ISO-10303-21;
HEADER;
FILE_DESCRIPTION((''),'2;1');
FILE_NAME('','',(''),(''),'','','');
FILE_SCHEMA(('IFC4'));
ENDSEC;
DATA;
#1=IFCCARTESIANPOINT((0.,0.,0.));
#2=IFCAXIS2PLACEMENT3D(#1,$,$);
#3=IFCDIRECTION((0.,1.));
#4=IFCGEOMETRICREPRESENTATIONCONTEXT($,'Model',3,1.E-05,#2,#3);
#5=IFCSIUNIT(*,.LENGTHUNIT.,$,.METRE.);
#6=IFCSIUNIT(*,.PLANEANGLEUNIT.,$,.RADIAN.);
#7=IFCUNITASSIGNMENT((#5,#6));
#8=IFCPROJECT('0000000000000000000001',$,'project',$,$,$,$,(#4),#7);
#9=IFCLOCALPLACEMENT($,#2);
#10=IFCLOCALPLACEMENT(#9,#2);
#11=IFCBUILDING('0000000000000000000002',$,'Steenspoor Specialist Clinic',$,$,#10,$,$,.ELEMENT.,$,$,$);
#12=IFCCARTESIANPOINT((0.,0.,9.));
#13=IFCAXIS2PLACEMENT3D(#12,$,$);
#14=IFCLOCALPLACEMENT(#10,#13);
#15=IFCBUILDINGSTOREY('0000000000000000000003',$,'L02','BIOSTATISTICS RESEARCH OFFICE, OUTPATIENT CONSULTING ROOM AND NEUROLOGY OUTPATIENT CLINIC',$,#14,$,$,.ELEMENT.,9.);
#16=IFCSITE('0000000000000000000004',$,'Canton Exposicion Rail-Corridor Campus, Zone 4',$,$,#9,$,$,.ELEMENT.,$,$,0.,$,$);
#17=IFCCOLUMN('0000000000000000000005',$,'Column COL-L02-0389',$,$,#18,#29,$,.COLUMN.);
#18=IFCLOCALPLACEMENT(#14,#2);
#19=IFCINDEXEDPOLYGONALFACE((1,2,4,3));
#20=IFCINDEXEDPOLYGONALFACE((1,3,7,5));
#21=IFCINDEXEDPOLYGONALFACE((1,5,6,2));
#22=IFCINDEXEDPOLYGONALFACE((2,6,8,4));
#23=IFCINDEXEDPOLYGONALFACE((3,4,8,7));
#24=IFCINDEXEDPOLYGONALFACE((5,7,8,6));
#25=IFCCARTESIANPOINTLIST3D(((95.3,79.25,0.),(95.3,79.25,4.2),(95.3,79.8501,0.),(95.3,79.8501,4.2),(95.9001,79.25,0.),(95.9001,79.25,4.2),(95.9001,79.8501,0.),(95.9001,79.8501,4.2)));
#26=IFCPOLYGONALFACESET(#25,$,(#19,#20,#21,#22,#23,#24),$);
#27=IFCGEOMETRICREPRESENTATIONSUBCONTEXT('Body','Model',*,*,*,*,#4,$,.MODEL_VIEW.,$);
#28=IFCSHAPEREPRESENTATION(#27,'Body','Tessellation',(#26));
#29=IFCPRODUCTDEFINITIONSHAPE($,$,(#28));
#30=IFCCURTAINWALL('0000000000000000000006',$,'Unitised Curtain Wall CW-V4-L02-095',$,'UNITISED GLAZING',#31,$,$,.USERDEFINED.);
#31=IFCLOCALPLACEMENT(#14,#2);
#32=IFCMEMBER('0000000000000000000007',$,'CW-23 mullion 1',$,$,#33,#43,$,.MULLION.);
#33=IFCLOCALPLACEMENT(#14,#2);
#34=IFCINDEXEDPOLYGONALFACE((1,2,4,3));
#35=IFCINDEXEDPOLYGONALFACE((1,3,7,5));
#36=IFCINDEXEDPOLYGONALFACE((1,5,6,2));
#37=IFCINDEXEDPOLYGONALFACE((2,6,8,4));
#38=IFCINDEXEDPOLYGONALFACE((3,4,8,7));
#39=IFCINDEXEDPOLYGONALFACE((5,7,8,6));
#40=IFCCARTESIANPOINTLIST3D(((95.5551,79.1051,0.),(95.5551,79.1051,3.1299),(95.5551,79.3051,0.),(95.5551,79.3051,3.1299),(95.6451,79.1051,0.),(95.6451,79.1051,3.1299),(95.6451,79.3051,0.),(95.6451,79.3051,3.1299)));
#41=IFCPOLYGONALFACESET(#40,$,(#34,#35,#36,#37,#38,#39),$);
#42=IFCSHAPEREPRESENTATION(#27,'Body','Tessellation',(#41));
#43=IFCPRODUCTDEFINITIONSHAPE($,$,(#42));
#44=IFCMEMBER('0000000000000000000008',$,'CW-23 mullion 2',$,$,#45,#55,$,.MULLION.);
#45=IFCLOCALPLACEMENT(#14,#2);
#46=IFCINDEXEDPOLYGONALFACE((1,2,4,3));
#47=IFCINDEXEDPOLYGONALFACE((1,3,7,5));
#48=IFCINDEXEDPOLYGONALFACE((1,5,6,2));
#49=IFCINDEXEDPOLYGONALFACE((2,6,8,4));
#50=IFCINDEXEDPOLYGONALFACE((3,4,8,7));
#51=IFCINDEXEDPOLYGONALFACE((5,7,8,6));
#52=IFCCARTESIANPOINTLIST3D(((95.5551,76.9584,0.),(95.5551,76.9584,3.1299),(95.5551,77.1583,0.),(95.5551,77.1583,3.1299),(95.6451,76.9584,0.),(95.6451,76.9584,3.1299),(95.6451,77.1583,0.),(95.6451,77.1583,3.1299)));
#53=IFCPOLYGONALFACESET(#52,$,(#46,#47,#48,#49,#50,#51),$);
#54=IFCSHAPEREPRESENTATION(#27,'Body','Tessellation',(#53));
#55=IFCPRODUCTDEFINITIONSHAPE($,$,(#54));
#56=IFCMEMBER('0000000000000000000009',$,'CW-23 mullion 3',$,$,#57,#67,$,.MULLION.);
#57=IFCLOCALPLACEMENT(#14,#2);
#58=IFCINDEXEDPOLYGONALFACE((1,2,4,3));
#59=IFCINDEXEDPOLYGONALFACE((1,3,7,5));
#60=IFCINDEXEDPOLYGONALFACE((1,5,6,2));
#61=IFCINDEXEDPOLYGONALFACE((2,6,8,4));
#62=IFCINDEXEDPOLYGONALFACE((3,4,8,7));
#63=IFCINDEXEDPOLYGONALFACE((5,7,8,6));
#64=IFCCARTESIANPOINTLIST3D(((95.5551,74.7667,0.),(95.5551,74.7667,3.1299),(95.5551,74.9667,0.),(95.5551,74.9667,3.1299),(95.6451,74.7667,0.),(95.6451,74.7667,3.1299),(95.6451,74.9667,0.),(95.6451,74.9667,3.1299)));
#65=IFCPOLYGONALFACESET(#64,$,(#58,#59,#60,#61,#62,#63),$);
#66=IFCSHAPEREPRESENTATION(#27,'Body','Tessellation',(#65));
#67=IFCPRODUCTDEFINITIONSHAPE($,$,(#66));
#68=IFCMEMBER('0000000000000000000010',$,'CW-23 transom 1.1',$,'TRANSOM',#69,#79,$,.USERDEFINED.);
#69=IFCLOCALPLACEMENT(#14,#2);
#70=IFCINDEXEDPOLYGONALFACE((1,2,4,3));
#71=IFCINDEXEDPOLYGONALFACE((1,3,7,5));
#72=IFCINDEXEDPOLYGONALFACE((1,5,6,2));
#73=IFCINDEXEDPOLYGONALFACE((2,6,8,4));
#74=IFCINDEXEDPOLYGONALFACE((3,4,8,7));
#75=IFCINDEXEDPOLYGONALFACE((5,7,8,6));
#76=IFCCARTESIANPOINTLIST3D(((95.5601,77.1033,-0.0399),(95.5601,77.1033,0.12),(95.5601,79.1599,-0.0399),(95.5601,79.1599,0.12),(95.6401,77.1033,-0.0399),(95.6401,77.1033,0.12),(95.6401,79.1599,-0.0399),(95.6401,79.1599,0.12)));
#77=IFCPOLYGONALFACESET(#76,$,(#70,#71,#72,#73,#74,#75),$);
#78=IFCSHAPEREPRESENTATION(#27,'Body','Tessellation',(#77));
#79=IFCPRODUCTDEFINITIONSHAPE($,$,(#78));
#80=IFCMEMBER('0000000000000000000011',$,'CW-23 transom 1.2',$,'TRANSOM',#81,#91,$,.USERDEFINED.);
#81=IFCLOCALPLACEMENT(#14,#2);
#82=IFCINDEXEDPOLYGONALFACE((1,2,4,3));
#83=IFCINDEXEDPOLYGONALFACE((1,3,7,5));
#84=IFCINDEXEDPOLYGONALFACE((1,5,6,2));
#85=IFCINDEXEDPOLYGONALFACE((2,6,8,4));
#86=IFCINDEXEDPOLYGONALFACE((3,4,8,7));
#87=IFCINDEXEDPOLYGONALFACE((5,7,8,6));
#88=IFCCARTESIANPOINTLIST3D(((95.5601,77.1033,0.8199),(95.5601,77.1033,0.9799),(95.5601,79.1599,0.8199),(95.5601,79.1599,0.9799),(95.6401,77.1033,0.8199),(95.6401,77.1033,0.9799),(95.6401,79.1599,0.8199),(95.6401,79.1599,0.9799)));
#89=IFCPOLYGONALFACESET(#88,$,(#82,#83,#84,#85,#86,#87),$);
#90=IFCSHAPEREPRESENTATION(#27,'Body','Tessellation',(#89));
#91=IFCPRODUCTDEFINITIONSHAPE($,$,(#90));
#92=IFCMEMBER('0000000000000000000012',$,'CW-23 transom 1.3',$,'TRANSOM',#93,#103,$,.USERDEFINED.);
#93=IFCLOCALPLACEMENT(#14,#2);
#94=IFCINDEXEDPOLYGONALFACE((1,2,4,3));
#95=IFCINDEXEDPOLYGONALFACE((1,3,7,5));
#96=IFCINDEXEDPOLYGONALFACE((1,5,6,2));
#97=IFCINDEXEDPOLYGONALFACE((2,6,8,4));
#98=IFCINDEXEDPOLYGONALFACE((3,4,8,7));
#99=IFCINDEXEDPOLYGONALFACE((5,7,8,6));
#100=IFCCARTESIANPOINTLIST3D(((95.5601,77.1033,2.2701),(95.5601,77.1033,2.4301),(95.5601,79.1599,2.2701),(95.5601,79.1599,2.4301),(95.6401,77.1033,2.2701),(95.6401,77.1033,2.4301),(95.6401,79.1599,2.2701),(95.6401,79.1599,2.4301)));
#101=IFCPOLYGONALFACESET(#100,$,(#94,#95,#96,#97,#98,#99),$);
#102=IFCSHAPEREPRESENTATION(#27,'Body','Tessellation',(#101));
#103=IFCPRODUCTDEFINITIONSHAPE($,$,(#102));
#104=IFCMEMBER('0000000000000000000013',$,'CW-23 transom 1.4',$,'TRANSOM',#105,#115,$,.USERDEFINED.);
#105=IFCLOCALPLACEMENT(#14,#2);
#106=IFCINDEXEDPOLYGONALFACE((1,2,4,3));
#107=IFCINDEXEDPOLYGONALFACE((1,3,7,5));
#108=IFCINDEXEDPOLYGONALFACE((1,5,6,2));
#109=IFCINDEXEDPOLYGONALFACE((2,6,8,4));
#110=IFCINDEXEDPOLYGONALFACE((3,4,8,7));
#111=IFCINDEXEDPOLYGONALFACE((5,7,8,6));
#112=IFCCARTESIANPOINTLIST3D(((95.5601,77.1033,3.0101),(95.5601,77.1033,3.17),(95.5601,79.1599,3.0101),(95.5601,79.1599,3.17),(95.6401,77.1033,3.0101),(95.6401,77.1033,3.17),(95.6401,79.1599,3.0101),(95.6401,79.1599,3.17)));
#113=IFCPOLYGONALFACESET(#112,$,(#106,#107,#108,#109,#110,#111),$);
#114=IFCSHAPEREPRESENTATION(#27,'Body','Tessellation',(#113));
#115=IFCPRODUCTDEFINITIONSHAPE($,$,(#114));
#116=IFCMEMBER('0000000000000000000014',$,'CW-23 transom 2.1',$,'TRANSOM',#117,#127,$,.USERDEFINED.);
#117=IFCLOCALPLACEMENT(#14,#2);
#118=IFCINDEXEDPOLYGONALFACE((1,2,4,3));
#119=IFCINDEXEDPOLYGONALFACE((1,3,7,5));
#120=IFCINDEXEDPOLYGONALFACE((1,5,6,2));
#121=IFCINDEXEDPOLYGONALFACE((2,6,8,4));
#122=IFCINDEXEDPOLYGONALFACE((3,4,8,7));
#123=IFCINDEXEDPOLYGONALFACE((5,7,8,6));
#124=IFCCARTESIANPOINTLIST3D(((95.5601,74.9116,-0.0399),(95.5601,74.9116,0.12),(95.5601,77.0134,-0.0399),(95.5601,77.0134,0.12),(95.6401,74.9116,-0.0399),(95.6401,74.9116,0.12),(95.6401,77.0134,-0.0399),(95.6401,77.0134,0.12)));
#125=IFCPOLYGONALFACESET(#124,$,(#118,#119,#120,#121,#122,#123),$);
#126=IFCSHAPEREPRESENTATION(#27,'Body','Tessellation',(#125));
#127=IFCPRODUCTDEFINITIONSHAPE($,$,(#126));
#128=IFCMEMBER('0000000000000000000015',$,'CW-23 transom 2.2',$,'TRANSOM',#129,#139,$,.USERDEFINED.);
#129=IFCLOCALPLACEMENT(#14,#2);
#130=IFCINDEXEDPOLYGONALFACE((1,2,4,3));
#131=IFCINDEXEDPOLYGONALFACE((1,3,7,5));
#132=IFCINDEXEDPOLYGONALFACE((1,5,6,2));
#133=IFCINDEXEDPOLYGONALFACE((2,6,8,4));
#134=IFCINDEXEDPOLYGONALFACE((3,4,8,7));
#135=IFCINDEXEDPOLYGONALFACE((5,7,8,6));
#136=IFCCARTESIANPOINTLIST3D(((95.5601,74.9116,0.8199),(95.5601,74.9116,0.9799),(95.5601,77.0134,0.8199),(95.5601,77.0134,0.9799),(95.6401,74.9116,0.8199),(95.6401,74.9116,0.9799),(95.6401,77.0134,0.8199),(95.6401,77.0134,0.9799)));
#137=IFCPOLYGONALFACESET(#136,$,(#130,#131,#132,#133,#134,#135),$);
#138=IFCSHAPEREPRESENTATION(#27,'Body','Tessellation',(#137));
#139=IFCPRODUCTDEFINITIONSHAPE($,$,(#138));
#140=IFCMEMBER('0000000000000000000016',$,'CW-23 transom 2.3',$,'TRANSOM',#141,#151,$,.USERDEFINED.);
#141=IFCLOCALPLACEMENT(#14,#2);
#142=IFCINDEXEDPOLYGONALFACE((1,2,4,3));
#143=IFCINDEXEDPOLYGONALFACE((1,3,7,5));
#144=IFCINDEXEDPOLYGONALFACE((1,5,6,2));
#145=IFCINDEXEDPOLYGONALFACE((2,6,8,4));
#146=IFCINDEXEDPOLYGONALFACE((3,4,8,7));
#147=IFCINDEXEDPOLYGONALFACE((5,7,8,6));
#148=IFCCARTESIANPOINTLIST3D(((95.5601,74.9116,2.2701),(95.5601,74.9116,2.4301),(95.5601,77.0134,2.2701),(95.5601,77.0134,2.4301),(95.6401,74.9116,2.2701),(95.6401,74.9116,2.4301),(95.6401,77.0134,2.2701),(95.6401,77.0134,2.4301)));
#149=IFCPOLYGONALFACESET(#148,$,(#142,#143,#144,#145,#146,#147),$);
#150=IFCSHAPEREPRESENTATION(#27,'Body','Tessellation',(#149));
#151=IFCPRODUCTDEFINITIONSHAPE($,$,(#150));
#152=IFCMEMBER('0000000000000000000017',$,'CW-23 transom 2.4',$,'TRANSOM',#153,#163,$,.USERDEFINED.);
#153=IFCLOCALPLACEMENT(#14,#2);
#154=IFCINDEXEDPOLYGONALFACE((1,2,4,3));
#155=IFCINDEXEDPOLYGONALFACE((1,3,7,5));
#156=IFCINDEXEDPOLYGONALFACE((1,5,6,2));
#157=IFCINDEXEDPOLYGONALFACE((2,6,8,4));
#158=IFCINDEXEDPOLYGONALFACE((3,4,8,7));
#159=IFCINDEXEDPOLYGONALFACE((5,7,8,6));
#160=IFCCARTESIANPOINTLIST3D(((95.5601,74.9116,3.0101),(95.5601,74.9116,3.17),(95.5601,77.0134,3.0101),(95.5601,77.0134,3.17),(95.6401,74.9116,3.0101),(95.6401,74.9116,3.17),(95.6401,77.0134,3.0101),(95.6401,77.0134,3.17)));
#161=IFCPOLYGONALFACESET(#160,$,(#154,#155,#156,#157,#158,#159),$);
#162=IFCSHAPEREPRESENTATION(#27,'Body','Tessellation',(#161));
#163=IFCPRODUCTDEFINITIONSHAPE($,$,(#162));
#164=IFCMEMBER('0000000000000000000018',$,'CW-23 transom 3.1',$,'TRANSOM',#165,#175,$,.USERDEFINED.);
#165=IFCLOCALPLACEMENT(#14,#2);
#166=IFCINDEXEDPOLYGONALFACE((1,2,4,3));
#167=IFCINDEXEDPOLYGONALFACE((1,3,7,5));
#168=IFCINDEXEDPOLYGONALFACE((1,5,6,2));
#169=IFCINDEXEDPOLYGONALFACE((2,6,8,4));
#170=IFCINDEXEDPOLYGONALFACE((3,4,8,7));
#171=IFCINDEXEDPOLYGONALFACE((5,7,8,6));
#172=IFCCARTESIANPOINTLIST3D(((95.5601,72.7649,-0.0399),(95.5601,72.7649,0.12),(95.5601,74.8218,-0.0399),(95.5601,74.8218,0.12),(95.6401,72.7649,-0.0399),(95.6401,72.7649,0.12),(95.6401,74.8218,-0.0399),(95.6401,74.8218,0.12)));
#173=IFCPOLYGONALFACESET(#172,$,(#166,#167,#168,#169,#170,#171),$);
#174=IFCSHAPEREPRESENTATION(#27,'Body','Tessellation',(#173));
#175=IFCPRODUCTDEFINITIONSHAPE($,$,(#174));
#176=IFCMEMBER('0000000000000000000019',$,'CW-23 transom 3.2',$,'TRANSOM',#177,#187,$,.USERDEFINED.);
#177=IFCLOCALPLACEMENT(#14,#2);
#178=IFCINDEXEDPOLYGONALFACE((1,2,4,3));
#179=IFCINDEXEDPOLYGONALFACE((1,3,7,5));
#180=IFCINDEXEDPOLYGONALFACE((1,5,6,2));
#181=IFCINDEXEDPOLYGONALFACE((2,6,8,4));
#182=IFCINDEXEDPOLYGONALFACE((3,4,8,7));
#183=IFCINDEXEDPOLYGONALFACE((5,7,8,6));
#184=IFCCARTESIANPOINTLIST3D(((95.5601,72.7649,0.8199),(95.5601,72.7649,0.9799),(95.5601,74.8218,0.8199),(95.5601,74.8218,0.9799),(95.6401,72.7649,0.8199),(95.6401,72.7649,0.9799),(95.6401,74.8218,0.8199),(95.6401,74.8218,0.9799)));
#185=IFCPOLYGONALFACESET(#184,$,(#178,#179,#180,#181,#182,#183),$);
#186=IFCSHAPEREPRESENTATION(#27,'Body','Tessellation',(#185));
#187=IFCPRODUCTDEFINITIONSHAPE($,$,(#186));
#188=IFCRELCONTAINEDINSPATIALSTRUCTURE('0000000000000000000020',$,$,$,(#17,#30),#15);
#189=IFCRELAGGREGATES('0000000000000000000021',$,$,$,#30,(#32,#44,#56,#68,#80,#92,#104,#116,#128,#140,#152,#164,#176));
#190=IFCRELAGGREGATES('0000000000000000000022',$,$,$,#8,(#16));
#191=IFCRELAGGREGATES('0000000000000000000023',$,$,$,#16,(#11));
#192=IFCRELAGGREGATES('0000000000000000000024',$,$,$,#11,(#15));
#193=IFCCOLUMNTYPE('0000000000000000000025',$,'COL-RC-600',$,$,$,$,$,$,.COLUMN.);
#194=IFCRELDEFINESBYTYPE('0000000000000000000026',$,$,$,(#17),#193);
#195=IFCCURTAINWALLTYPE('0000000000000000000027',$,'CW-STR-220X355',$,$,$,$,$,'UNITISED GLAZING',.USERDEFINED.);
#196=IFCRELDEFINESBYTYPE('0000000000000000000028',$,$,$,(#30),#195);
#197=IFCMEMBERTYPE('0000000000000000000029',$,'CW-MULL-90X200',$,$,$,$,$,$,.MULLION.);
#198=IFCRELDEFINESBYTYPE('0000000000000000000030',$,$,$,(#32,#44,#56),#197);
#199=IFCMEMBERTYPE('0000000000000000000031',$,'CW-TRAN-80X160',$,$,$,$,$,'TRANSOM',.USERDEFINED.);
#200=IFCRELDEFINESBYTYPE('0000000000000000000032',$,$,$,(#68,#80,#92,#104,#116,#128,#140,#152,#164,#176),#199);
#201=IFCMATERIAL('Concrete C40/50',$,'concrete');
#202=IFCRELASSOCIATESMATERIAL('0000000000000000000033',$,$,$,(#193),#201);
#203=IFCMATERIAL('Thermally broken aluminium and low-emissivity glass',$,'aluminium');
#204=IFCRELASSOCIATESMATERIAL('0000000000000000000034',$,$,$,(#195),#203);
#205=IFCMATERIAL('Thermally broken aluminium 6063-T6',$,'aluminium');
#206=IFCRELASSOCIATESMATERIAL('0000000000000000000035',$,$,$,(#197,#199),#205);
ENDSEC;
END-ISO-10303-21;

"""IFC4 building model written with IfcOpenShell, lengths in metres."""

from ifc_helpers import new_model, si_unit, direction, frame, origin, origin_2d, place, context, subcontext, project, spatial, rectangle, extrude, material, material_profile, profile_set, type_object, element, aggregate, save


model = new_model("IFC4")

# Units and contexts
model_context = context("Model", 3, precision=1e-05, world=origin(), true_north=direction((0.0, 1.0)))
body_context = subcontext(model_context, "Body", "Model", "MODEL_VIEW")
ifc_project = project(units=[si_unit("LENGTHUNIT", "METRE"), si_unit("PLANEANGLEUNIT", "RADIAN")], contexts=[model_context])

# Site, building, storey
site_placement = place(None, origin())
site = spatial("IfcSite", under=ifc_project, at=site_placement, Name="Canton Exposicion Rail-Corridor Campus, Zone 4", CompositionType="ELEMENT", RefElevation=0.0)
building_placement = place(site_placement, origin())
building = spatial("IfcBuilding", under=site, at=building_placement, Name="Steenspoor Specialist Clinic", CompositionType="ELEMENT")
storey_placement = place(building_placement, frame((0.0, 0.0, 9.0)))
storey = spatial("IfcBuildingStorey", under=building, at=storey_placement, Name="L02", Description="BIOSTATISTICS RESEARCH OFFICE, OUTPATIENT CONSULTING ROOM AND NEUROLOGY OUTPATIENT CLINIC", CompositionType="ELEMENT", Elevation=9.0)

# Column
ifc_material_1 = material(Name="Concrete C40/50", Category="concrete")
ifc_material_profile_1 = material_profile(ifc_material_1, rectangle(XDim=0.6001, YDim=0.6001, at=origin_2d()), Name="RC-COL-600X600")
ifc_profile_set_1 = profile_set([ifc_material_profile_1], Name="Concrete C40/50")
column_type = type_object("IfcColumnType", Name="COL-RC-600", PredefinedType="COLUMN", material=ifc_profile_set_1)
column_placement = place(storey_placement, frame((95.6001, 79.55, 0.0), z_axis=(0.0, 0.0, 1.0), x_axis=(1.0, 0.0, 0.0)))
element("IfcColumn", 1, at=column_placement, inside=storey, type_object=column_type, Name="Column COL-L02-0389", PredefinedType="COLUMN", context=body_context, shape_type="SweptSolid", body=[
    extrude(rectangle(XDim=0.6001, YDim=0.6001, at=origin_2d()), origin(), (0.0, 0.0, 1.0), 4.2),
])

# Curtain wall, members
ifc_material_2 = material(Name="Thermally broken aluminium and low-emissivity glass", Category="aluminium")
curtain_wall_type = type_object("IfcCurtainWallType", Name="CW-STR-220X355", ElementType="UNITISED GLAZING", PredefinedType="USERDEFINED", material=ifc_material_2)
curtain_wall_placement = place(storey_placement, origin())
curtain_wall = element("IfcCurtainWall", 2, at=curtain_wall_placement, inside=storey, type_object=curtain_wall_type, Name="Unitised Curtain Wall CW-V4-L02-095", ObjectType="UNITISED GLAZING", PredefinedType="USERDEFINED")
ifc_material_3 = material(Name="Thermally broken aluminium 6063-T6", Category="aluminium")
ifc_material_profile_2 = material_profile(ifc_material_3, rectangle(XDim=0.0901, YDim=0.2, at=origin_2d()), Name="CWM-90X200")
ifc_profile_set_2 = profile_set([ifc_material_profile_2], Name="Thermally broken aluminium 6063-T6")
member_type_1 = type_object("IfcMemberType", Name="CW-MULL-90X200", PredefinedType="MULLION", material=ifc_profile_set_2)
member_1_placement = place(storey_placement, frame((95.6001, 79.2051, 0.0), z_axis=(0.0, 0.0, 1.0), x_axis=(1.0, 0.0, 0.0)))
member_1 = element("IfcMember", 3, at=member_1_placement, type_object=member_type_1, Name="CW-23 mullion 1", PredefinedType="MULLION", context=body_context, shape_type="SweptSolid", body=[
    extrude(rectangle(XDim=0.0901, YDim=0.2, at=origin_2d()), origin(), (0.0, 0.0, 1.0), 3.1299),
])
member_2_placement = place(storey_placement, frame((95.6001, 77.0583, 0.0), z_axis=(0.0, 0.0, 1.0), x_axis=(1.0, 0.0, 0.0)))
member_2 = element("IfcMember", 4, at=member_2_placement, type_object=member_type_1, Name="CW-23 mullion 2", PredefinedType="MULLION", context=body_context, shape_type="SweptSolid", body=[
    extrude(rectangle(XDim=0.0901, YDim=0.2, at=origin_2d()), origin(), (0.0, 0.0, 1.0), 3.1299),
])
member_3_placement = place(storey_placement, frame((95.6001, 74.8667, 0.0), z_axis=(0.0, 0.0, 1.0), x_axis=(1.0, 0.0, 0.0)))
member_3 = element("IfcMember", 5, at=member_3_placement, type_object=member_type_1, Name="CW-23 mullion 3", PredefinedType="MULLION", context=body_context, shape_type="SweptSolid", body=[
    extrude(rectangle(XDim=0.0901, YDim=0.2, at=origin_2d()), origin(), (0.0, 0.0, 1.0), 3.1299),
])
ifc_material_profile_3 = material_profile(ifc_material_3, rectangle(XDim=0.0801, YDim=0.1599, at=origin_2d()), Name="CWT-80X160")
ifc_profile_set_3 = profile_set([ifc_material_profile_3], Name="Thermally broken aluminium 6063-T6")
member_type_2 = type_object("IfcMemberType", Name="CW-TRAN-80X160", ElementType="TRANSOM", PredefinedType="USERDEFINED", material=ifc_profile_set_3)
member_4_placement = place(storey_placement, frame((95.6001, 79.1599, 0.04), z_axis=(0.0, -1.0, 0.0), x_axis=(1.0, 0.0, 0.0)))
member_4 = element("IfcMember", 6, at=member_4_placement, type_object=member_type_2, Name="CW-23 transom 1.1", ObjectType="TRANSOM", PredefinedType="USERDEFINED", context=body_context, shape_type="SweptSolid", body=[
    extrude(rectangle(XDim=0.0801, YDim=0.1599, at=origin_2d()), origin(), (0.0, 0.0, 1.0), 2.0566),
])
member_5_placement = place(storey_placement, frame((95.6001, 79.1599, 0.8999), z_axis=(0.0, -1.0, 0.0), x_axis=(1.0, 0.0, 0.0)))
member_5 = element("IfcMember", 7, at=member_5_placement, type_object=member_type_2, Name="CW-23 transom 1.2", ObjectType="TRANSOM", PredefinedType="USERDEFINED", context=body_context, shape_type="SweptSolid", body=[
    extrude(rectangle(XDim=0.0801, YDim=0.1599, at=origin_2d()), origin(), (0.0, 0.0, 1.0), 2.0566),
])
member_6_placement = place(storey_placement, frame((95.6001, 79.1599, 2.3501), z_axis=(0.0, -1.0, 0.0), x_axis=(1.0, 0.0, 0.0)))
member_6 = element("IfcMember", 8, at=member_6_placement, type_object=member_type_2, Name="CW-23 transom 1.3", ObjectType="TRANSOM", PredefinedType="USERDEFINED", context=body_context, shape_type="SweptSolid", body=[
    extrude(rectangle(XDim=0.0801, YDim=0.1599, at=origin_2d()), origin(), (0.0, 0.0, 1.0), 2.0566),
])
member_7_placement = place(storey_placement, frame((95.6001, 79.1599, 3.0901), z_axis=(0.0, -1.0, 0.0), x_axis=(1.0, 0.0, 0.0)))
member_7 = element("IfcMember", 9, at=member_7_placement, type_object=member_type_2, Name="CW-23 transom 1.4", ObjectType="TRANSOM", PredefinedType="USERDEFINED", context=body_context, shape_type="SweptSolid", body=[
    extrude(rectangle(XDim=0.0801, YDim=0.1599, at=origin_2d()), origin(), (0.0, 0.0, 1.0), 2.0566),
])
member_8_placement = place(storey_placement, frame((95.6001, 77.0134, 0.04), z_axis=(0.0, -1.0, 0.0), x_axis=(1.0, 0.0, 0.0)))
member_8 = element("IfcMember", 10, at=member_8_placement, type_object=member_type_2, Name="CW-23 transom 2.1", ObjectType="TRANSOM", PredefinedType="USERDEFINED", context=body_context, shape_type="SweptSolid", body=[
    extrude(rectangle(XDim=0.0801, YDim=0.1599, at=origin_2d()), origin(), (0.0, 0.0, 1.0), 2.1018),
])
member_9_placement = place(storey_placement, frame((95.6001, 77.0134, 0.8999), z_axis=(0.0, -1.0, 0.0), x_axis=(1.0, 0.0, 0.0)))
member_9 = element("IfcMember", 11, at=member_9_placement, type_object=member_type_2, Name="CW-23 transom 2.2", ObjectType="TRANSOM", PredefinedType="USERDEFINED", context=body_context, shape_type="SweptSolid", body=[
    extrude(rectangle(XDim=0.0801, YDim=0.1599, at=origin_2d()), origin(), (0.0, 0.0, 1.0), 2.1018),
])
member_10_placement = place(storey_placement, frame((95.6001, 77.0134, 2.3501), z_axis=(0.0, -1.0, 0.0), x_axis=(1.0, 0.0, 0.0)))
member_10 = element("IfcMember", 12, at=member_10_placement, type_object=member_type_2, Name="CW-23 transom 2.3", ObjectType="TRANSOM", PredefinedType="USERDEFINED", context=body_context, shape_type="SweptSolid", body=[
    extrude(rectangle(XDim=0.0801, YDim=0.1599, at=origin_2d()), origin(), (0.0, 0.0, 1.0), 2.1018),
])
member_11_placement = place(storey_placement, frame((95.6001, 77.0134, 3.0901), z_axis=(0.0, -1.0, 0.0), x_axis=(1.0, 0.0, 0.0)))
member_11 = element("IfcMember", 13, at=member_11_placement, type_object=member_type_2, Name="CW-23 transom 2.4", ObjectType="TRANSOM", PredefinedType="USERDEFINED", context=body_context, shape_type="SweptSolid", body=[
    extrude(rectangle(XDim=0.0801, YDim=0.1599, at=origin_2d()), origin(), (0.0, 0.0, 1.0), 2.1018),
])
member_12_placement = place(storey_placement, frame((95.6001, 74.8218, 0.04), z_axis=(0.0, -1.0, 0.0), x_axis=(1.0, 0.0, 0.0)))
member_12 = element("IfcMember", 14, at=member_12_placement, type_object=member_type_2, Name="CW-23 transom 3.1", ObjectType="TRANSOM", PredefinedType="USERDEFINED", context=body_context, shape_type="SweptSolid", body=[
    extrude(rectangle(XDim=0.0801, YDim=0.1599, at=origin_2d()), origin(), (0.0, 0.0, 1.0), 2.0569),
])
member_13_placement = place(storey_placement, frame((95.6001, 74.8218, 0.8999), z_axis=(0.0, -1.0, 0.0), x_axis=(1.0, 0.0, 0.0)))
member_13 = element("IfcMember", 15, at=member_13_placement, type_object=member_type_2, Name="CW-23 transom 3.2", ObjectType="TRANSOM", PredefinedType="USERDEFINED", context=body_context, shape_type="SweptSolid", body=[
    extrude(rectangle(XDim=0.0801, YDim=0.1599, at=origin_2d()), origin(), (0.0, 0.0, 1.0), 2.0569),
])
aggregate(curtain_wall, [member_1, member_2, member_3, member_4, member_5, member_6, member_7, member_8, member_9, member_10, member_11, member_12, member_13])

save(model, "model.ifc")
